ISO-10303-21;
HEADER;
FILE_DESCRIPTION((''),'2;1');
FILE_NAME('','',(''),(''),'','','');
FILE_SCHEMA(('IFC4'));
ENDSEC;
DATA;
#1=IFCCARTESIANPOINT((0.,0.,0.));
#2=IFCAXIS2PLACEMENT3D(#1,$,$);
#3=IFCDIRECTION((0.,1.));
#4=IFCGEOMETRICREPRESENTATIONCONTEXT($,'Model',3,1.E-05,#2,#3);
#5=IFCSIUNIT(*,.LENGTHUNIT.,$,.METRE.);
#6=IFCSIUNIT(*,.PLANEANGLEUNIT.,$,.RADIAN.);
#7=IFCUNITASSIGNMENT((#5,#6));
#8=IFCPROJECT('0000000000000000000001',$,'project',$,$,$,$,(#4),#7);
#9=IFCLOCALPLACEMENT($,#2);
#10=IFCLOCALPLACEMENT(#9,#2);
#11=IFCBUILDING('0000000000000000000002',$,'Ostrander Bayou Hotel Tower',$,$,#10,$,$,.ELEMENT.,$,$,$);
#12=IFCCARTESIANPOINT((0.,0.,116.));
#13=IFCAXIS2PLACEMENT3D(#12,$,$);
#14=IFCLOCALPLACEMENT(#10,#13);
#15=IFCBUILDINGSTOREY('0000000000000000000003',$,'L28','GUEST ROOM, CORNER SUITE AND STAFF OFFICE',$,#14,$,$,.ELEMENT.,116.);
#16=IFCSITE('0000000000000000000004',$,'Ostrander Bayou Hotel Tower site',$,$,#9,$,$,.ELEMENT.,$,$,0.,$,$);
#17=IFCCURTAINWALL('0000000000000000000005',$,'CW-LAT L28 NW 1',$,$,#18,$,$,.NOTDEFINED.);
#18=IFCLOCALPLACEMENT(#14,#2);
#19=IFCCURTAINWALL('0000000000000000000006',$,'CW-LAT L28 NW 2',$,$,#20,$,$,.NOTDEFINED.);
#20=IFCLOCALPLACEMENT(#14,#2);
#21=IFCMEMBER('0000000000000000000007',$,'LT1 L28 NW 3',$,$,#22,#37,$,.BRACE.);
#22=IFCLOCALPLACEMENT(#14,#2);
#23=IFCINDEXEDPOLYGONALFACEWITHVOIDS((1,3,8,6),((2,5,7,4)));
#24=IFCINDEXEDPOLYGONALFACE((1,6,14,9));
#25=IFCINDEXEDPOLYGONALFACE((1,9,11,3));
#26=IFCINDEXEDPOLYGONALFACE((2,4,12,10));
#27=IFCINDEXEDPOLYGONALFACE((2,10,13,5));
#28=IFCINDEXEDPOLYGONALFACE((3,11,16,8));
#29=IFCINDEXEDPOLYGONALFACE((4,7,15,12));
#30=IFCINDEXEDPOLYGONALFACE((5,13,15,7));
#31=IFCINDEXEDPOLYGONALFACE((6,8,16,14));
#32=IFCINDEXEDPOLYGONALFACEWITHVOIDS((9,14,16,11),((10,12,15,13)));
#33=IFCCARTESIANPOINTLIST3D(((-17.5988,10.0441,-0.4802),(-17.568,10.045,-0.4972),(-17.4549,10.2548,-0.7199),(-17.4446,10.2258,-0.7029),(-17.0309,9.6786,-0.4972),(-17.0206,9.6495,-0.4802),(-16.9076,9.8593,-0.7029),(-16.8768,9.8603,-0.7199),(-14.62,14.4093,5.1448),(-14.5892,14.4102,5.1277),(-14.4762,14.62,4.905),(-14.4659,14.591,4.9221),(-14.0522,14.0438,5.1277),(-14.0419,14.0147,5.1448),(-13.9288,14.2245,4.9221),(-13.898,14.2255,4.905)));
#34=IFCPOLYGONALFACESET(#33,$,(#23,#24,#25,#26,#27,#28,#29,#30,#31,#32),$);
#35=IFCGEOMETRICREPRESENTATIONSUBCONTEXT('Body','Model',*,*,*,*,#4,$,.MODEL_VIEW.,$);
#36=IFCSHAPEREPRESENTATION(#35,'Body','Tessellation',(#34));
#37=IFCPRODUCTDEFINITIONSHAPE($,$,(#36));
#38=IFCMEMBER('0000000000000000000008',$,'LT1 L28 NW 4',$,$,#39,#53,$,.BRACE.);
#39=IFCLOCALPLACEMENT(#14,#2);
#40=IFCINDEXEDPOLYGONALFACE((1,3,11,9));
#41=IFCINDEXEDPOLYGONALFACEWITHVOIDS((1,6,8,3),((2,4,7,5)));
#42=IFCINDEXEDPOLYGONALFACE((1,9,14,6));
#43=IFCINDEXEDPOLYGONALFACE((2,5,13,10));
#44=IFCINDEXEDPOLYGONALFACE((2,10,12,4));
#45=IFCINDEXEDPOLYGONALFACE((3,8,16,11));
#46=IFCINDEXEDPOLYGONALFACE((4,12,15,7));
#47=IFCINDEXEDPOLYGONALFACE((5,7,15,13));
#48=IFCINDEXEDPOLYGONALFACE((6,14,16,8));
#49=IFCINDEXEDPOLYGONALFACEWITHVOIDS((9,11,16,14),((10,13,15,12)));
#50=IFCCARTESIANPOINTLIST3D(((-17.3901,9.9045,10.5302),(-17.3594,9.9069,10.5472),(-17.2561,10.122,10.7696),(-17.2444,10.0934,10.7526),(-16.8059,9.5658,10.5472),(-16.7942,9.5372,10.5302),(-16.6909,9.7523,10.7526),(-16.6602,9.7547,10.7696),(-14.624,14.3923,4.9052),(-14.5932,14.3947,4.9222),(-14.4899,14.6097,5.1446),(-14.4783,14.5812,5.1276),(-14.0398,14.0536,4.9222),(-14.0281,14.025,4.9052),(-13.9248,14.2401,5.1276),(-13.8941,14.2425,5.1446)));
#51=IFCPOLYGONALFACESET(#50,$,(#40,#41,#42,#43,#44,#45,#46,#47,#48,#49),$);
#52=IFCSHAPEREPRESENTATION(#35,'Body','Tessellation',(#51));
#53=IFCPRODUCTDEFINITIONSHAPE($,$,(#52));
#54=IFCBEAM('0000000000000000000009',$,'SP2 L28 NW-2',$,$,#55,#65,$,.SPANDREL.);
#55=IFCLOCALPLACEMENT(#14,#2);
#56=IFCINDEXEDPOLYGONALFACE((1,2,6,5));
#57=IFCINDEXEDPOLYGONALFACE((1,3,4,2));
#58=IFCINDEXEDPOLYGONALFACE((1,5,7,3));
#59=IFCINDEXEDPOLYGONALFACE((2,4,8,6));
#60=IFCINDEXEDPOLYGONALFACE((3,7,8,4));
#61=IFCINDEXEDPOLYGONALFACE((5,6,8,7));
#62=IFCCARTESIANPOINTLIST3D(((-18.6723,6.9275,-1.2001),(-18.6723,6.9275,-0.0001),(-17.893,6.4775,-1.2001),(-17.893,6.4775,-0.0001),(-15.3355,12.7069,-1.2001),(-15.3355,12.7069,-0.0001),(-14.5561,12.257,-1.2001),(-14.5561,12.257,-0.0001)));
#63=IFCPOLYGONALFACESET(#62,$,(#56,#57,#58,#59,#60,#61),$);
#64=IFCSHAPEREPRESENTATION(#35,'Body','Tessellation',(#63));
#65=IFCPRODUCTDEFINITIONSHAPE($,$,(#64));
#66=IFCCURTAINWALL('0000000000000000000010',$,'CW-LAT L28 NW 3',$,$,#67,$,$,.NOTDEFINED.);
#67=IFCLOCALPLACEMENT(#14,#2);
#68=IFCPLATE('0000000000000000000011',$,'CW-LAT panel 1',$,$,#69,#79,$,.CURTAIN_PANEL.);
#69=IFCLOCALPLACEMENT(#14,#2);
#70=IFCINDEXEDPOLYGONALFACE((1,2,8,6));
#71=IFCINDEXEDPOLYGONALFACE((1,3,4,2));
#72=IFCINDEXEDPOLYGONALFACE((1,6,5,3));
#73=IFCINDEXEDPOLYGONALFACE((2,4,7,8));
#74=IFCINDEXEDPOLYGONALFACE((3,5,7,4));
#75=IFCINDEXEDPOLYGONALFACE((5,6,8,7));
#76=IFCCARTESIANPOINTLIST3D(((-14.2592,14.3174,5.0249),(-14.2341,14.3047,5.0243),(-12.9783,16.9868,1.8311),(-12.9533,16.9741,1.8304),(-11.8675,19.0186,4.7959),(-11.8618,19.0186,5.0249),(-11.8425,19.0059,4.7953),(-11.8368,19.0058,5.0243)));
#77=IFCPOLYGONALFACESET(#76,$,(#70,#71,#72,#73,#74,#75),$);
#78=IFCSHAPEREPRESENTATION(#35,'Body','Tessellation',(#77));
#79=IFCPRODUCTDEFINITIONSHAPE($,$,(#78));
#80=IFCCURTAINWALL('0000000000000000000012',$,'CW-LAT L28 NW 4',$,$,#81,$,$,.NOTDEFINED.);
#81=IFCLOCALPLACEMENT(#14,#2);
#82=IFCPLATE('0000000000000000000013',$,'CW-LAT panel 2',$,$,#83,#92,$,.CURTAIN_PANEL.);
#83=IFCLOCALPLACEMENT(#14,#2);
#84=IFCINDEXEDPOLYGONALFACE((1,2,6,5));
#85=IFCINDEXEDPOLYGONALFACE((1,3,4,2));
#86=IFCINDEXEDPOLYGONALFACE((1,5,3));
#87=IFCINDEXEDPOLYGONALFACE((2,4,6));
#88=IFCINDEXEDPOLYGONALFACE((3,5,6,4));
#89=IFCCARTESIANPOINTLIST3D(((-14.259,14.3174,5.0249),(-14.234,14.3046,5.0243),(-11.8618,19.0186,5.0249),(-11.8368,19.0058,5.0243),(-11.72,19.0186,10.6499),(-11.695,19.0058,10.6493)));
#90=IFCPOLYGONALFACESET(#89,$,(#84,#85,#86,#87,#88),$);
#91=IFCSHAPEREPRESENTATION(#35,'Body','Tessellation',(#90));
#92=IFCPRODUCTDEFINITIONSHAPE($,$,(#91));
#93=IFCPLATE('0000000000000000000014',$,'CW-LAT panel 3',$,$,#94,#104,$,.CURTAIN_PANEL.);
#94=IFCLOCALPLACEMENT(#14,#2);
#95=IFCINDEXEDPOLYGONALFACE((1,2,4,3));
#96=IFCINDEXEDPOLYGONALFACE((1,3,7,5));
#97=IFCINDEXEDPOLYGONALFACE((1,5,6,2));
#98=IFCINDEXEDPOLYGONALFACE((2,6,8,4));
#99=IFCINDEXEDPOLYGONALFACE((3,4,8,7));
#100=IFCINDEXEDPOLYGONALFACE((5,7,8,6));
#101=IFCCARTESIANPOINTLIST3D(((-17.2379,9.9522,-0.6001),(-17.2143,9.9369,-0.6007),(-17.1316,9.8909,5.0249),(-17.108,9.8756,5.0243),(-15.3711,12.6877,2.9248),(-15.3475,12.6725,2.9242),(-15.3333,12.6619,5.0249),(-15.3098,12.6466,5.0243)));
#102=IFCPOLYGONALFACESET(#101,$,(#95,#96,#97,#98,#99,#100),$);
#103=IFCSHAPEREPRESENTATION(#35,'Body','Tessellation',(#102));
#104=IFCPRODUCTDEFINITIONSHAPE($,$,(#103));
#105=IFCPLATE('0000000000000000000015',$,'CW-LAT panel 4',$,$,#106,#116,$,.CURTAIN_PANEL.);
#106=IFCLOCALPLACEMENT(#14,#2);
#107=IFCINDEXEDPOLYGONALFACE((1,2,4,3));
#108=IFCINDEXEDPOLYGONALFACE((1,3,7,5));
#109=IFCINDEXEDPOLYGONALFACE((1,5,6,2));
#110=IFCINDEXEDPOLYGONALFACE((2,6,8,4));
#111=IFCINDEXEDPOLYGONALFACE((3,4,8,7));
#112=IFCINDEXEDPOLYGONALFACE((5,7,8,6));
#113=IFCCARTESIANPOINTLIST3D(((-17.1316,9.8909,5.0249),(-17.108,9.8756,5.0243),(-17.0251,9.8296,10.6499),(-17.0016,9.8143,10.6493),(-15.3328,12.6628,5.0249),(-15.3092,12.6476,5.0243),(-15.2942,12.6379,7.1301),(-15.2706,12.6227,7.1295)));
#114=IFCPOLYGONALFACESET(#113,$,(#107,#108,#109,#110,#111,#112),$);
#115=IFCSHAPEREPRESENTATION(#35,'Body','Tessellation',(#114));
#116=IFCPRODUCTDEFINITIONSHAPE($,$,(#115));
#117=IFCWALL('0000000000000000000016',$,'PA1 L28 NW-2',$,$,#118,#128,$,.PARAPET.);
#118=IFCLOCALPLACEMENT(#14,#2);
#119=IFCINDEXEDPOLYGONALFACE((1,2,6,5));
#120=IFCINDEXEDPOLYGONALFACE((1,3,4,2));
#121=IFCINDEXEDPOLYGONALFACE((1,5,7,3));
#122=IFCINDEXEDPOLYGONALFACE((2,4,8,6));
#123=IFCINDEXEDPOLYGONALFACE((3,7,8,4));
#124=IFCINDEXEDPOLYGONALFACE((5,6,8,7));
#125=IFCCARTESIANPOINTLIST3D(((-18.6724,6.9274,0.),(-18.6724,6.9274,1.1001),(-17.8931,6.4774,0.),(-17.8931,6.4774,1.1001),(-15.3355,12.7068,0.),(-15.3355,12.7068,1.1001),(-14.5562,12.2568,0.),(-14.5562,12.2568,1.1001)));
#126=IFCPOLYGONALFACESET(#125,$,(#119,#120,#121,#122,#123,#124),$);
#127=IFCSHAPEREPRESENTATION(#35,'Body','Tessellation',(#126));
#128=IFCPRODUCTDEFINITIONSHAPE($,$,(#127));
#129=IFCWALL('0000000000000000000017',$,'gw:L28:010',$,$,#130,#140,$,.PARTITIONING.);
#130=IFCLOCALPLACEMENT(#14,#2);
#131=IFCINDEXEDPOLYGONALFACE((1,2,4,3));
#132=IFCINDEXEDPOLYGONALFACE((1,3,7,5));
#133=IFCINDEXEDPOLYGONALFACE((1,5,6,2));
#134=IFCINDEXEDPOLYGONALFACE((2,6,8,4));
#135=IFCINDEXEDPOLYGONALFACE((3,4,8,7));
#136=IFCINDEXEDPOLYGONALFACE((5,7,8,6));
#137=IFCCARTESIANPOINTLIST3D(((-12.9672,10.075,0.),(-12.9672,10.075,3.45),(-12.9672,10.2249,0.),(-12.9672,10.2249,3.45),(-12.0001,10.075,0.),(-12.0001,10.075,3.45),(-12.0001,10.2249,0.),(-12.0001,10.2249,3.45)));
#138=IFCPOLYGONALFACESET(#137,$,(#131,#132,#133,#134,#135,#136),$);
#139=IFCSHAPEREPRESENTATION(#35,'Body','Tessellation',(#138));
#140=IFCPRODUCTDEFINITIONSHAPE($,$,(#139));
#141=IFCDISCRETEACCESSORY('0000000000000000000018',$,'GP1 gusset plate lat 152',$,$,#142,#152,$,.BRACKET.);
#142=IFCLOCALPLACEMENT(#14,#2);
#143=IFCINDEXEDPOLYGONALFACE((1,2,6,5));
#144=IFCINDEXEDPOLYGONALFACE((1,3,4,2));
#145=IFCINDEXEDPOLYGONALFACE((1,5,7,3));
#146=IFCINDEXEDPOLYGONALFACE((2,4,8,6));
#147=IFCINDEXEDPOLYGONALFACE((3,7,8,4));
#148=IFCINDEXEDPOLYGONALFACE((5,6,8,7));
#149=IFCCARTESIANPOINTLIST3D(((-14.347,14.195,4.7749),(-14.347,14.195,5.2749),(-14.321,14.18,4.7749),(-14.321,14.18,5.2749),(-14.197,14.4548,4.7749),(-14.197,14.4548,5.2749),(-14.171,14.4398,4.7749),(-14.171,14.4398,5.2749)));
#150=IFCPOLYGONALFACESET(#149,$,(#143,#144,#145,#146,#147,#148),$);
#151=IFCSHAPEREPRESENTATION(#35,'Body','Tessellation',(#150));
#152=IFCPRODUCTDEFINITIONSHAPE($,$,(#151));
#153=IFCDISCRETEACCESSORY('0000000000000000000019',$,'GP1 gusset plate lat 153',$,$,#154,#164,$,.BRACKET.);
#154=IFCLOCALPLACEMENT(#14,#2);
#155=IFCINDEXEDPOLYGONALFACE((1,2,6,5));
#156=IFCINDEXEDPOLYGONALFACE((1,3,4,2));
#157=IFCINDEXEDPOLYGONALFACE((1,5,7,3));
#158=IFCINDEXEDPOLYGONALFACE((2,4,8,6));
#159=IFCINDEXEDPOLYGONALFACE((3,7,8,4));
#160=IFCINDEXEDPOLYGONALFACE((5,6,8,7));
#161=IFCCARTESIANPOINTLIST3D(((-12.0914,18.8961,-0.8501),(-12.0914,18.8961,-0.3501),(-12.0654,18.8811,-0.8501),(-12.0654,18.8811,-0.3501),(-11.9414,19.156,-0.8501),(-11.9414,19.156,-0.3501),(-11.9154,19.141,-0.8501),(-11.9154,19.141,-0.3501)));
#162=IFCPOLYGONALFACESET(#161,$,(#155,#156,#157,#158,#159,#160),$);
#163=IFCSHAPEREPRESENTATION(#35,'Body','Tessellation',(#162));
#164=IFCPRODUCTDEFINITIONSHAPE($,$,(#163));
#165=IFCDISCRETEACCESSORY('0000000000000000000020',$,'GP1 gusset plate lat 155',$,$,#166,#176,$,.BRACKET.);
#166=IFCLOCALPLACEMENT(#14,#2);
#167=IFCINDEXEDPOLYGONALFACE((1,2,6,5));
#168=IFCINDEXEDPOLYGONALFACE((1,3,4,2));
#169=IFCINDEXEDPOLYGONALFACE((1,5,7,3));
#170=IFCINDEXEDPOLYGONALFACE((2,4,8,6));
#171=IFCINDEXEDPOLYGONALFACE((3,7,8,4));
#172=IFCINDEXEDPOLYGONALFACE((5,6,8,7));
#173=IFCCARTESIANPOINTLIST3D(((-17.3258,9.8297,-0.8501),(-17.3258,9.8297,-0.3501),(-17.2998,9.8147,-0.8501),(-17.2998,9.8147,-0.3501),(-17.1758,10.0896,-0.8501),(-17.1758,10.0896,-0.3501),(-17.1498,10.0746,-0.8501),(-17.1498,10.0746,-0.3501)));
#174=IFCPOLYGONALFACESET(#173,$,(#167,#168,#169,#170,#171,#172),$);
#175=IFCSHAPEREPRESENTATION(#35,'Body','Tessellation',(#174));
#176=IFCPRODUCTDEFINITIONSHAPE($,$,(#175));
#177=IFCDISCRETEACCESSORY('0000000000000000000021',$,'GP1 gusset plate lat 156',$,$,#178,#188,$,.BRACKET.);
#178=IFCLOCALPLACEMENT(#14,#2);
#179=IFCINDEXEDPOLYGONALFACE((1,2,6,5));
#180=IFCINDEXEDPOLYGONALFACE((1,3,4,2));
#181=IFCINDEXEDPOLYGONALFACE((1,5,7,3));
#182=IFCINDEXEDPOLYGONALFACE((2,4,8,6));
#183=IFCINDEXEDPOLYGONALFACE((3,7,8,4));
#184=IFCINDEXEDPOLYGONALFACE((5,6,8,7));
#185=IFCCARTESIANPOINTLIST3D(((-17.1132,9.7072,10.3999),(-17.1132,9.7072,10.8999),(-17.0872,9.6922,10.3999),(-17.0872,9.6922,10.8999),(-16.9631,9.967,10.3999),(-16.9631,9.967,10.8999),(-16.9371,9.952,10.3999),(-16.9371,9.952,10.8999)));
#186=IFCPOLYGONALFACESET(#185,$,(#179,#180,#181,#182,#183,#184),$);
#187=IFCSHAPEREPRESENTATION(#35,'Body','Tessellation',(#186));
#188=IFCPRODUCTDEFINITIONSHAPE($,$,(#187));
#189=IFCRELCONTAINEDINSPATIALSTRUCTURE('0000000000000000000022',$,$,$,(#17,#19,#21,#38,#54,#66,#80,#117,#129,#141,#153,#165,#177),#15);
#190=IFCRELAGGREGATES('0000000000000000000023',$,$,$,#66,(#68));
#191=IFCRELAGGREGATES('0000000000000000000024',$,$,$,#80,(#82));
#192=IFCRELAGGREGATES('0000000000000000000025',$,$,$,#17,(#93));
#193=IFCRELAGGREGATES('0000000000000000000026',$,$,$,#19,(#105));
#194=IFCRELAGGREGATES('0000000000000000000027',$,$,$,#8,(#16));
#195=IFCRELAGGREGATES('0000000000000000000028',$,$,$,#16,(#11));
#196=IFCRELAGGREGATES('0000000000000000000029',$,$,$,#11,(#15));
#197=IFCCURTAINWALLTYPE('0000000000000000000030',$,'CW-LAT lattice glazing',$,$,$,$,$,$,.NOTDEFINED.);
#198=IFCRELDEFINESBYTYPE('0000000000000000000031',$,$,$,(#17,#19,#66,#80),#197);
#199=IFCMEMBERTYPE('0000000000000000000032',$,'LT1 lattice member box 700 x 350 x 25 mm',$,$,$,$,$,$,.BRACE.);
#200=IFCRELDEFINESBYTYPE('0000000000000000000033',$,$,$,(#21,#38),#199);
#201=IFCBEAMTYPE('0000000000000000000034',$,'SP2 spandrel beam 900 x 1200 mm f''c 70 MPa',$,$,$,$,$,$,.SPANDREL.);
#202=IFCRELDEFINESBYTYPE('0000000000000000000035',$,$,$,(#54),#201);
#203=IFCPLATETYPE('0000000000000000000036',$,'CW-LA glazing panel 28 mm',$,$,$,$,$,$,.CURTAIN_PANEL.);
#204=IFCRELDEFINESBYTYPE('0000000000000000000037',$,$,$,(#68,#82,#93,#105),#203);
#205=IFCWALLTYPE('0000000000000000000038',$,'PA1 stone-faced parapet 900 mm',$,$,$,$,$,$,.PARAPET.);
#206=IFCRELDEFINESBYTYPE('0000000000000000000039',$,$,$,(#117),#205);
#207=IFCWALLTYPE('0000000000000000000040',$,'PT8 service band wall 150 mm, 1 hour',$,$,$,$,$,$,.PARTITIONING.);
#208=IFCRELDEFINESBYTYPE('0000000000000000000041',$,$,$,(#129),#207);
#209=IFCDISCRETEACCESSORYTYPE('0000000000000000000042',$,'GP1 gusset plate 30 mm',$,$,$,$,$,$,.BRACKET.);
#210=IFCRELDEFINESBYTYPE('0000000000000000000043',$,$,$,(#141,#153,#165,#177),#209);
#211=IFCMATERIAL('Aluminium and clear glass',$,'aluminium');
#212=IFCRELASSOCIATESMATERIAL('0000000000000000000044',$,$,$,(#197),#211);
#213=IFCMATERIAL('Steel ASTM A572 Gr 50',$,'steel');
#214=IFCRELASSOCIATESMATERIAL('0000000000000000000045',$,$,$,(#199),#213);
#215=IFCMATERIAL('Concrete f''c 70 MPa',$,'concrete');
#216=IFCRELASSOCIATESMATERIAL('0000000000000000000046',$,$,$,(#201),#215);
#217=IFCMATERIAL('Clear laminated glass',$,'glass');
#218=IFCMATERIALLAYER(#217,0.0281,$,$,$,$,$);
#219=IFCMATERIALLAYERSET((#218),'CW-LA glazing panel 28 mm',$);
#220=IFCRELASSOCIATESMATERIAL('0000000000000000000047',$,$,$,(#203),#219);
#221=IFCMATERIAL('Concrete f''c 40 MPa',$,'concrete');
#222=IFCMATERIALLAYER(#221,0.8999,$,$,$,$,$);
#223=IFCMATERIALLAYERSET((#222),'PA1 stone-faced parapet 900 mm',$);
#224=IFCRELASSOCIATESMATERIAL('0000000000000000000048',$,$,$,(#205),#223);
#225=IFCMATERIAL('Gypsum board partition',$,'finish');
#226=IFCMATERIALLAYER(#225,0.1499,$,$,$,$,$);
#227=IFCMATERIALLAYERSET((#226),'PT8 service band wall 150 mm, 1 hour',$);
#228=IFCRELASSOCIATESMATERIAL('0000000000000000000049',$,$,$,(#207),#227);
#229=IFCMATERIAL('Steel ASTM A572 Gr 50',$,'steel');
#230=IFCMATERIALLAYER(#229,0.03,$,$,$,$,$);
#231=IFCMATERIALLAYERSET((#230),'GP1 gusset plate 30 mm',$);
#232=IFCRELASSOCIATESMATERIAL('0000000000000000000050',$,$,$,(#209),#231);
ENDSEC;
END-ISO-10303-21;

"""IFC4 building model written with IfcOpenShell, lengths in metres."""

from ifc_helpers import new_model, si_unit, direction, frame, frame_2d, origin, origin_2d, place, context, subcontext, project, spatial, polyline, rectangle, hollow_rectangle, outline, extrude, material, layer, layer_set, material_profile, profile_set, type_object, element, aggregate, save


model = new_model("IFC4")

# Units and contexts
model_context = context("Model", 3, precision=1e-05, world=origin(), true_north=direction((0.0, 1.0)))
body_context = subcontext(model_context, "Body", "Model", "MODEL_VIEW")
ifc_project = project(units=[si_unit("LENGTHUNIT", "METRE"), si_unit("PLANEANGLEUNIT", "RADIAN")], contexts=[model_context])

# Site, building, storey
site_placement = place(None, origin())
site = spatial("IfcSite", under=ifc_project, at=site_placement, Name="Ostrander Bayou Hotel Tower site", CompositionType="ELEMENT", RefElevation=0.0)
building_placement = place(site_placement, origin())
building = spatial("IfcBuilding", under=site, at=building_placement, Name="Ostrander Bayou Hotel Tower", CompositionType="ELEMENT")
storey_placement = place(building_placement, frame((0.0, 0.0, 116.0)))
storey = spatial("IfcBuildingStorey", under=building, at=storey_placement, Name="L28", Description="GUEST ROOM, CORNER SUITE AND STAFF OFFICE", CompositionType="ELEMENT", Elevation=116.0)

# Curtain walls
ifc_material_1 = material(Name="Aluminium and clear glass", Category="aluminium")
curtain_wall_type = type_object("IfcCurtainWallType", Name="CW-LAT lattice glazing", PredefinedType="NOTDEFINED", material=ifc_material_1)
curtain_wall_1_placement = place(storey_placement, origin())
curtain_wall_1 = element("IfcCurtainWall", 1, at=curtain_wall_1_placement, inside=storey, type_object=curtain_wall_type, Name="CW-LAT L28 NW 1", PredefinedType="NOTDEFINED")
curtain_wall_2_placement = place(storey_placement, origin())
curtain_wall_2 = element("IfcCurtainWall", 2, at=curtain_wall_2_placement, inside=storey, type_object=curtain_wall_type, Name="CW-LAT L28 NW 2", PredefinedType="NOTDEFINED")

# Members
ifc_material_2 = material(Name="Steel ASTM A572 Gr 50", Category="steel")
ifc_material_profile_1 = material_profile(ifc_material_2, hollow_rectangle(XDim=0.7, YDim=0.3501, WallThickness=0.0249, at=origin_2d()))
ifc_profile_set_1 = profile_set([ifc_material_profile_1], Name="Steel ASTM A572 Gr 50")
member_type_1 = type_object("IfcMemberType", Name="LT1 lattice member box 700 x 350 x 25 mm", PredefinedType="BRACE", material=ifc_profile_set_1)
member_1_placement = place(storey_placement, frame((-14.259, 14.3174, 5.0249), z_axis=(-0.385945, -0.565585, -0.728807), x_axis=(0.82601, -0.563655, 0.0)))
element("IfcMember", 3, at=member_1_placement, inside=storey, type_object=member_type_1, Name="LT1 L28 NW 3", PredefinedType="BRACE", context=body_context, shape_type="SweptSolid", body=[
    extrude(hollow_rectangle(XDim=0.7, YDim=0.3501, WallThickness=0.0249, at=origin_2d()), origin(), (0.0, 0.0, 1.0), 7.718),
])
member_2_placement = place(storey_placement, frame((-14.259, 14.3174, 5.0249), z_axis=(-0.358805, -0.582132, 0.729644), x_axis=(0.851286, -0.524702, 0.0)))
element("IfcMember", 4, at=member_2_placement, inside=storey, type_object=member_type_1, Name="LT1 L28 NW 4", PredefinedType="BRACE", context=body_context, shape_type="SweptSolid", body=[
    extrude(hollow_rectangle(XDim=0.7, YDim=0.3501, WallThickness=0.0249, at=origin_2d()), origin(), (0.0, 0.0, 1.0), 7.7092),
])

# Beam
ifc_material_3 = material(Name="Concrete f'c 70 MPa", Category="concrete")
ifc_material_profile_2 = material_profile(ifc_material_3, rectangle(XDim=0.8999, YDim=1.2, at=origin_2d()))
ifc_profile_set_2 = profile_set([ifc_material_profile_2], Name="Concrete f'c 70 MPa")
beam_type_1 = type_object("IfcBeamType", Name="SP2 spandrel beam 900 x 1200 mm f'c 70 MPa", PredefinedType="SPANDREL", material=ifc_profile_set_2)
beam_1_placement = place(storey_placement, frame((-14.9458, 12.4819, -0.6001), z_axis=(-0.500011, -0.866019, 0.0), x_axis=(0.866019, -0.500011, 0.0)))
element("IfcBeam", 5, at=beam_1_placement, inside=storey, type_object=beam_type_1, Name="SP2 L28 NW-2", PredefinedType="SPANDREL", context=body_context, shape_type="SweptSolid", body=[
    extrude(rectangle(XDim=0.8999, YDim=1.2, at=origin_2d()), origin(), (0.0, 0.0, 1.0), 6.6736),
])

# Curtain walls, plates
curtain_wall_3_placement = place(storey_placement, origin())
curtain_wall_3 = element("IfcCurtainWall", 6, at=curtain_wall_3_placement, inside=storey, type_object=curtain_wall_type, Name="CW-LAT L28 NW 3", PredefinedType="NOTDEFINED")
ifc_material_4 = material(Name="Clear laminated glass", Category="glass")
ifc_layer_1 = layer(ifc_material_4, 0.0281)
ifc_layer_set_1 = layer_set([ifc_layer_1], Name="CW-LA glazing panel 28 mm")
plate_type = type_object("IfcPlateType", Name="CW-LA glazing panel 28 mm", PredefinedType="CURTAIN_PANEL", material=ifc_layer_set_1)
plate_1_placement = place(storey_placement, frame((-12.9783, 16.9868, 1.8311), z_axis=(-0.89063, 0.454177, 0.022412), x_axis=(0.295252, 0.540093, 0.788116)))
plate_1 = element("IfcPlate", 7, at=plate_1_placement, type_object=plate_type, Name="CW-LAT panel 1", PredefinedType="CURTAIN_PANEL", context=body_context, shape_type="SweptSolid", body=[
    extrude(outline(polyline([(0.0, 0.0), (3.7619, 0.0), (3.9441, -0.1389), (0.6972, -4.2989), (0.0, 0.0)])), origin(), (0.0, 0.0, -1.0), 0.0281),
])
aggregate(curtain_wall_3, [plate_1])
curtain_wall_4_placement = place(storey_placement, origin())
curtain_wall_4 = element("IfcCurtainWall", 8, at=curtain_wall_4_placement, inside=storey, type_object=curtain_wall_type, Name="CW-LAT L28 NW 4", PredefinedType="NOTDEFINED")
plate_2_placement = place(storey_placement, frame((-14.259, 14.3174, 5.0249), z_axis=(-0.89064, 0.454154, 0.022459), x_axis=(0.327278, 0.605968, 0.725046)))
plate_2 = element("IfcPlate", 9, at=plate_2_placement, type_object=plate_type, Name="CW-LAT panel 2", PredefinedType="CURTAIN_PANEL", context=body_context, shape_type="SweptSolid", body=[
    extrude(outline(polyline([(0.0, 0.0), (7.7581, 0.0), (3.6333, 3.8271), (0.0, 0.0)])), origin(), (0.0, 0.0, -1.0), 0.0281),
])
aggregate(curtain_wall_4, [plate_2])

# Plates
plate_3_placement = place(storey_placement, frame((-15.3711, 12.6877, 2.9248), z_axis=(-0.838647, 0.54424, 0.021778), x_axis=(-0.385965, -0.56559, -0.728793)))
plate_3 = element("IfcPlate", 10, at=plate_3_placement, type_object=plate_type, Name="CW-LAT panel 3", PredefinedType="CURTAIN_PANEL", context=body_context, shape_type="SweptSolid", body=[
    extrude(outline(polyline([(0.0, 0.0), (4.8366, 0.0), (0.7308, 3.8468), (-1.5305, 1.4388), (0.0, 0.0)])), origin(), (0.0, 0.0, -1.0), 0.0281),
])
aggregate(curtain_wall_1, [plate_3])
plate_4_placement = place(storey_placement, frame((-15.2942, 12.6379, 7.1301), z_axis=(-0.838651, 0.544232, 0.021801), x_axis=(-0.358814, -0.582152, 0.729624)))
plate_4 = element("IfcPlate", 11, at=plate_4_placement, type_object=plate_type, Name="CW-LAT panel 4", PredefinedType="CURTAIN_PANEL", context=body_context, shape_type="SweptSolid", body=[
    extrude(outline(polyline([(0.0, 0.0), (4.8241, 0.0), (0.7225, -3.8513), (-1.5367, -1.4397), (0.0, 0.0)])), origin(), (0.0, 0.0, -1.0), 0.0281),
])
aggregate(curtain_wall_2, [plate_4])

# Walls
ifc_material_5 = material(Name="Concrete f'c 40 MPa", Category="concrete")
ifc_layer_2 = layer(ifc_material_5, 0.8999)
ifc_layer_set_2 = layer_set([ifc_layer_2], Name="PA1 stone-faced parapet 900 mm")
wall_type_1 = type_object("IfcWallType", Name="PA1 stone-faced parapet 900 mm", PredefinedType="PARAPET", material=ifc_layer_set_2)
wall_1_placement = place(storey_placement, frame((-14.9458, 12.4819, 0.0), z_axis=(0.0, 0.0, 1.0), x_axis=(-0.500011, -0.866019, 0.0)))
element("IfcWall", 12, at=wall_1_placement, inside=storey, type_object=wall_type_1, Name="PA1 L28 NW-2", PredefinedType="PARAPET", context=body_context, shape_type="SweptSolid", body=[
    extrude(rectangle(XDim=6.6736, YDim=0.8999, at=frame_2d((3.3369, 0.0))), origin(), (0.0, 0.0, 1.0), 1.1001),
])
ifc_material_6 = material(Name="Gypsum board partition", Category="finish")
ifc_layer_3 = layer(ifc_material_6, 0.1499)
ifc_layer_set_3 = layer_set([ifc_layer_3], Name="PT8 service band wall 150 mm, 1 hour")
wall_type_2 = type_object("IfcWallType", Name="PT8 service band wall 150 mm, 1 hour", PredefinedType="PARTITIONING", material=ifc_layer_set_3)
wall_2_placement = place(storey_placement, frame((-12.967, 10.1499, 0.0), z_axis=(0.0, 0.0, 1.0), x_axis=(1.0, 0.0, 0.0)))
element("IfcWall", 13, at=wall_2_placement, inside=storey, type_object=wall_type_2, Name="gw:L28:010", PredefinedType="PARTITIONING", context=body_context, shape_type="SweptSolid", body=[
    extrude(rectangle(XDim=0.967, YDim=0.1499, at=frame_2d((0.4834, 0.0))), origin(), (0.0, 0.0, 1.0), 3.45),
])

# Discrete accessories
ifc_material_7 = material(Name="Steel ASTM A572 Gr 50", Category="steel")
ifc_layer_4 = layer(ifc_material_7, 0.03)
ifc_layer_set_4 = layer_set([ifc_layer_4], Name="GP1 gusset plate 30 mm")
discrete_accessory_type = type_object("IfcDiscreteAccessoryType", Name="GP1 gusset plate 30 mm", PredefinedType="BRACKET", material=ifc_layer_set_4)
for number, where, z_axis, x_axis, name in (
    (14, (-14.259, 14.3174, 4.7749), (0.0, 0.0, 1.0), (-0.5, -0.866025, 0.0), "GP1 gusset plate lat 152"),
    (15, (-12.0034, 19.0186, -0.8501), (0.0, 0.0, 1.0), (-0.5, -0.866025, 0.0), "GP1 gusset plate lat 153"),
    (16, (-17.2378, 9.9521, -0.8501), (0.0, 0.0, 1.0), (-0.5, -0.866025, 0.0), "GP1 gusset plate lat 155"),
    (17, (-17.0251, 9.8296, 10.3999), (0.0, 0.0, 1.0), (-0.5, -0.866025, 0.0), "GP1 gusset plate lat 156"),
):
    element("IfcDiscreteAccessory", number, at=place(storey_placement, frame(where, z_axis=z_axis, x_axis=x_axis)), inside=storey, type_object=discrete_accessory_type, Name=name, PredefinedType="BRACKET", context=body_context, shape_type="SweptSolid", body=[
        extrude(rectangle(XDim=0.3, YDim=0.03, at=origin_2d()), origin(), (0.0, 0.0, 1.0), 0.5),
    ])

save(model, "model.ifc")
